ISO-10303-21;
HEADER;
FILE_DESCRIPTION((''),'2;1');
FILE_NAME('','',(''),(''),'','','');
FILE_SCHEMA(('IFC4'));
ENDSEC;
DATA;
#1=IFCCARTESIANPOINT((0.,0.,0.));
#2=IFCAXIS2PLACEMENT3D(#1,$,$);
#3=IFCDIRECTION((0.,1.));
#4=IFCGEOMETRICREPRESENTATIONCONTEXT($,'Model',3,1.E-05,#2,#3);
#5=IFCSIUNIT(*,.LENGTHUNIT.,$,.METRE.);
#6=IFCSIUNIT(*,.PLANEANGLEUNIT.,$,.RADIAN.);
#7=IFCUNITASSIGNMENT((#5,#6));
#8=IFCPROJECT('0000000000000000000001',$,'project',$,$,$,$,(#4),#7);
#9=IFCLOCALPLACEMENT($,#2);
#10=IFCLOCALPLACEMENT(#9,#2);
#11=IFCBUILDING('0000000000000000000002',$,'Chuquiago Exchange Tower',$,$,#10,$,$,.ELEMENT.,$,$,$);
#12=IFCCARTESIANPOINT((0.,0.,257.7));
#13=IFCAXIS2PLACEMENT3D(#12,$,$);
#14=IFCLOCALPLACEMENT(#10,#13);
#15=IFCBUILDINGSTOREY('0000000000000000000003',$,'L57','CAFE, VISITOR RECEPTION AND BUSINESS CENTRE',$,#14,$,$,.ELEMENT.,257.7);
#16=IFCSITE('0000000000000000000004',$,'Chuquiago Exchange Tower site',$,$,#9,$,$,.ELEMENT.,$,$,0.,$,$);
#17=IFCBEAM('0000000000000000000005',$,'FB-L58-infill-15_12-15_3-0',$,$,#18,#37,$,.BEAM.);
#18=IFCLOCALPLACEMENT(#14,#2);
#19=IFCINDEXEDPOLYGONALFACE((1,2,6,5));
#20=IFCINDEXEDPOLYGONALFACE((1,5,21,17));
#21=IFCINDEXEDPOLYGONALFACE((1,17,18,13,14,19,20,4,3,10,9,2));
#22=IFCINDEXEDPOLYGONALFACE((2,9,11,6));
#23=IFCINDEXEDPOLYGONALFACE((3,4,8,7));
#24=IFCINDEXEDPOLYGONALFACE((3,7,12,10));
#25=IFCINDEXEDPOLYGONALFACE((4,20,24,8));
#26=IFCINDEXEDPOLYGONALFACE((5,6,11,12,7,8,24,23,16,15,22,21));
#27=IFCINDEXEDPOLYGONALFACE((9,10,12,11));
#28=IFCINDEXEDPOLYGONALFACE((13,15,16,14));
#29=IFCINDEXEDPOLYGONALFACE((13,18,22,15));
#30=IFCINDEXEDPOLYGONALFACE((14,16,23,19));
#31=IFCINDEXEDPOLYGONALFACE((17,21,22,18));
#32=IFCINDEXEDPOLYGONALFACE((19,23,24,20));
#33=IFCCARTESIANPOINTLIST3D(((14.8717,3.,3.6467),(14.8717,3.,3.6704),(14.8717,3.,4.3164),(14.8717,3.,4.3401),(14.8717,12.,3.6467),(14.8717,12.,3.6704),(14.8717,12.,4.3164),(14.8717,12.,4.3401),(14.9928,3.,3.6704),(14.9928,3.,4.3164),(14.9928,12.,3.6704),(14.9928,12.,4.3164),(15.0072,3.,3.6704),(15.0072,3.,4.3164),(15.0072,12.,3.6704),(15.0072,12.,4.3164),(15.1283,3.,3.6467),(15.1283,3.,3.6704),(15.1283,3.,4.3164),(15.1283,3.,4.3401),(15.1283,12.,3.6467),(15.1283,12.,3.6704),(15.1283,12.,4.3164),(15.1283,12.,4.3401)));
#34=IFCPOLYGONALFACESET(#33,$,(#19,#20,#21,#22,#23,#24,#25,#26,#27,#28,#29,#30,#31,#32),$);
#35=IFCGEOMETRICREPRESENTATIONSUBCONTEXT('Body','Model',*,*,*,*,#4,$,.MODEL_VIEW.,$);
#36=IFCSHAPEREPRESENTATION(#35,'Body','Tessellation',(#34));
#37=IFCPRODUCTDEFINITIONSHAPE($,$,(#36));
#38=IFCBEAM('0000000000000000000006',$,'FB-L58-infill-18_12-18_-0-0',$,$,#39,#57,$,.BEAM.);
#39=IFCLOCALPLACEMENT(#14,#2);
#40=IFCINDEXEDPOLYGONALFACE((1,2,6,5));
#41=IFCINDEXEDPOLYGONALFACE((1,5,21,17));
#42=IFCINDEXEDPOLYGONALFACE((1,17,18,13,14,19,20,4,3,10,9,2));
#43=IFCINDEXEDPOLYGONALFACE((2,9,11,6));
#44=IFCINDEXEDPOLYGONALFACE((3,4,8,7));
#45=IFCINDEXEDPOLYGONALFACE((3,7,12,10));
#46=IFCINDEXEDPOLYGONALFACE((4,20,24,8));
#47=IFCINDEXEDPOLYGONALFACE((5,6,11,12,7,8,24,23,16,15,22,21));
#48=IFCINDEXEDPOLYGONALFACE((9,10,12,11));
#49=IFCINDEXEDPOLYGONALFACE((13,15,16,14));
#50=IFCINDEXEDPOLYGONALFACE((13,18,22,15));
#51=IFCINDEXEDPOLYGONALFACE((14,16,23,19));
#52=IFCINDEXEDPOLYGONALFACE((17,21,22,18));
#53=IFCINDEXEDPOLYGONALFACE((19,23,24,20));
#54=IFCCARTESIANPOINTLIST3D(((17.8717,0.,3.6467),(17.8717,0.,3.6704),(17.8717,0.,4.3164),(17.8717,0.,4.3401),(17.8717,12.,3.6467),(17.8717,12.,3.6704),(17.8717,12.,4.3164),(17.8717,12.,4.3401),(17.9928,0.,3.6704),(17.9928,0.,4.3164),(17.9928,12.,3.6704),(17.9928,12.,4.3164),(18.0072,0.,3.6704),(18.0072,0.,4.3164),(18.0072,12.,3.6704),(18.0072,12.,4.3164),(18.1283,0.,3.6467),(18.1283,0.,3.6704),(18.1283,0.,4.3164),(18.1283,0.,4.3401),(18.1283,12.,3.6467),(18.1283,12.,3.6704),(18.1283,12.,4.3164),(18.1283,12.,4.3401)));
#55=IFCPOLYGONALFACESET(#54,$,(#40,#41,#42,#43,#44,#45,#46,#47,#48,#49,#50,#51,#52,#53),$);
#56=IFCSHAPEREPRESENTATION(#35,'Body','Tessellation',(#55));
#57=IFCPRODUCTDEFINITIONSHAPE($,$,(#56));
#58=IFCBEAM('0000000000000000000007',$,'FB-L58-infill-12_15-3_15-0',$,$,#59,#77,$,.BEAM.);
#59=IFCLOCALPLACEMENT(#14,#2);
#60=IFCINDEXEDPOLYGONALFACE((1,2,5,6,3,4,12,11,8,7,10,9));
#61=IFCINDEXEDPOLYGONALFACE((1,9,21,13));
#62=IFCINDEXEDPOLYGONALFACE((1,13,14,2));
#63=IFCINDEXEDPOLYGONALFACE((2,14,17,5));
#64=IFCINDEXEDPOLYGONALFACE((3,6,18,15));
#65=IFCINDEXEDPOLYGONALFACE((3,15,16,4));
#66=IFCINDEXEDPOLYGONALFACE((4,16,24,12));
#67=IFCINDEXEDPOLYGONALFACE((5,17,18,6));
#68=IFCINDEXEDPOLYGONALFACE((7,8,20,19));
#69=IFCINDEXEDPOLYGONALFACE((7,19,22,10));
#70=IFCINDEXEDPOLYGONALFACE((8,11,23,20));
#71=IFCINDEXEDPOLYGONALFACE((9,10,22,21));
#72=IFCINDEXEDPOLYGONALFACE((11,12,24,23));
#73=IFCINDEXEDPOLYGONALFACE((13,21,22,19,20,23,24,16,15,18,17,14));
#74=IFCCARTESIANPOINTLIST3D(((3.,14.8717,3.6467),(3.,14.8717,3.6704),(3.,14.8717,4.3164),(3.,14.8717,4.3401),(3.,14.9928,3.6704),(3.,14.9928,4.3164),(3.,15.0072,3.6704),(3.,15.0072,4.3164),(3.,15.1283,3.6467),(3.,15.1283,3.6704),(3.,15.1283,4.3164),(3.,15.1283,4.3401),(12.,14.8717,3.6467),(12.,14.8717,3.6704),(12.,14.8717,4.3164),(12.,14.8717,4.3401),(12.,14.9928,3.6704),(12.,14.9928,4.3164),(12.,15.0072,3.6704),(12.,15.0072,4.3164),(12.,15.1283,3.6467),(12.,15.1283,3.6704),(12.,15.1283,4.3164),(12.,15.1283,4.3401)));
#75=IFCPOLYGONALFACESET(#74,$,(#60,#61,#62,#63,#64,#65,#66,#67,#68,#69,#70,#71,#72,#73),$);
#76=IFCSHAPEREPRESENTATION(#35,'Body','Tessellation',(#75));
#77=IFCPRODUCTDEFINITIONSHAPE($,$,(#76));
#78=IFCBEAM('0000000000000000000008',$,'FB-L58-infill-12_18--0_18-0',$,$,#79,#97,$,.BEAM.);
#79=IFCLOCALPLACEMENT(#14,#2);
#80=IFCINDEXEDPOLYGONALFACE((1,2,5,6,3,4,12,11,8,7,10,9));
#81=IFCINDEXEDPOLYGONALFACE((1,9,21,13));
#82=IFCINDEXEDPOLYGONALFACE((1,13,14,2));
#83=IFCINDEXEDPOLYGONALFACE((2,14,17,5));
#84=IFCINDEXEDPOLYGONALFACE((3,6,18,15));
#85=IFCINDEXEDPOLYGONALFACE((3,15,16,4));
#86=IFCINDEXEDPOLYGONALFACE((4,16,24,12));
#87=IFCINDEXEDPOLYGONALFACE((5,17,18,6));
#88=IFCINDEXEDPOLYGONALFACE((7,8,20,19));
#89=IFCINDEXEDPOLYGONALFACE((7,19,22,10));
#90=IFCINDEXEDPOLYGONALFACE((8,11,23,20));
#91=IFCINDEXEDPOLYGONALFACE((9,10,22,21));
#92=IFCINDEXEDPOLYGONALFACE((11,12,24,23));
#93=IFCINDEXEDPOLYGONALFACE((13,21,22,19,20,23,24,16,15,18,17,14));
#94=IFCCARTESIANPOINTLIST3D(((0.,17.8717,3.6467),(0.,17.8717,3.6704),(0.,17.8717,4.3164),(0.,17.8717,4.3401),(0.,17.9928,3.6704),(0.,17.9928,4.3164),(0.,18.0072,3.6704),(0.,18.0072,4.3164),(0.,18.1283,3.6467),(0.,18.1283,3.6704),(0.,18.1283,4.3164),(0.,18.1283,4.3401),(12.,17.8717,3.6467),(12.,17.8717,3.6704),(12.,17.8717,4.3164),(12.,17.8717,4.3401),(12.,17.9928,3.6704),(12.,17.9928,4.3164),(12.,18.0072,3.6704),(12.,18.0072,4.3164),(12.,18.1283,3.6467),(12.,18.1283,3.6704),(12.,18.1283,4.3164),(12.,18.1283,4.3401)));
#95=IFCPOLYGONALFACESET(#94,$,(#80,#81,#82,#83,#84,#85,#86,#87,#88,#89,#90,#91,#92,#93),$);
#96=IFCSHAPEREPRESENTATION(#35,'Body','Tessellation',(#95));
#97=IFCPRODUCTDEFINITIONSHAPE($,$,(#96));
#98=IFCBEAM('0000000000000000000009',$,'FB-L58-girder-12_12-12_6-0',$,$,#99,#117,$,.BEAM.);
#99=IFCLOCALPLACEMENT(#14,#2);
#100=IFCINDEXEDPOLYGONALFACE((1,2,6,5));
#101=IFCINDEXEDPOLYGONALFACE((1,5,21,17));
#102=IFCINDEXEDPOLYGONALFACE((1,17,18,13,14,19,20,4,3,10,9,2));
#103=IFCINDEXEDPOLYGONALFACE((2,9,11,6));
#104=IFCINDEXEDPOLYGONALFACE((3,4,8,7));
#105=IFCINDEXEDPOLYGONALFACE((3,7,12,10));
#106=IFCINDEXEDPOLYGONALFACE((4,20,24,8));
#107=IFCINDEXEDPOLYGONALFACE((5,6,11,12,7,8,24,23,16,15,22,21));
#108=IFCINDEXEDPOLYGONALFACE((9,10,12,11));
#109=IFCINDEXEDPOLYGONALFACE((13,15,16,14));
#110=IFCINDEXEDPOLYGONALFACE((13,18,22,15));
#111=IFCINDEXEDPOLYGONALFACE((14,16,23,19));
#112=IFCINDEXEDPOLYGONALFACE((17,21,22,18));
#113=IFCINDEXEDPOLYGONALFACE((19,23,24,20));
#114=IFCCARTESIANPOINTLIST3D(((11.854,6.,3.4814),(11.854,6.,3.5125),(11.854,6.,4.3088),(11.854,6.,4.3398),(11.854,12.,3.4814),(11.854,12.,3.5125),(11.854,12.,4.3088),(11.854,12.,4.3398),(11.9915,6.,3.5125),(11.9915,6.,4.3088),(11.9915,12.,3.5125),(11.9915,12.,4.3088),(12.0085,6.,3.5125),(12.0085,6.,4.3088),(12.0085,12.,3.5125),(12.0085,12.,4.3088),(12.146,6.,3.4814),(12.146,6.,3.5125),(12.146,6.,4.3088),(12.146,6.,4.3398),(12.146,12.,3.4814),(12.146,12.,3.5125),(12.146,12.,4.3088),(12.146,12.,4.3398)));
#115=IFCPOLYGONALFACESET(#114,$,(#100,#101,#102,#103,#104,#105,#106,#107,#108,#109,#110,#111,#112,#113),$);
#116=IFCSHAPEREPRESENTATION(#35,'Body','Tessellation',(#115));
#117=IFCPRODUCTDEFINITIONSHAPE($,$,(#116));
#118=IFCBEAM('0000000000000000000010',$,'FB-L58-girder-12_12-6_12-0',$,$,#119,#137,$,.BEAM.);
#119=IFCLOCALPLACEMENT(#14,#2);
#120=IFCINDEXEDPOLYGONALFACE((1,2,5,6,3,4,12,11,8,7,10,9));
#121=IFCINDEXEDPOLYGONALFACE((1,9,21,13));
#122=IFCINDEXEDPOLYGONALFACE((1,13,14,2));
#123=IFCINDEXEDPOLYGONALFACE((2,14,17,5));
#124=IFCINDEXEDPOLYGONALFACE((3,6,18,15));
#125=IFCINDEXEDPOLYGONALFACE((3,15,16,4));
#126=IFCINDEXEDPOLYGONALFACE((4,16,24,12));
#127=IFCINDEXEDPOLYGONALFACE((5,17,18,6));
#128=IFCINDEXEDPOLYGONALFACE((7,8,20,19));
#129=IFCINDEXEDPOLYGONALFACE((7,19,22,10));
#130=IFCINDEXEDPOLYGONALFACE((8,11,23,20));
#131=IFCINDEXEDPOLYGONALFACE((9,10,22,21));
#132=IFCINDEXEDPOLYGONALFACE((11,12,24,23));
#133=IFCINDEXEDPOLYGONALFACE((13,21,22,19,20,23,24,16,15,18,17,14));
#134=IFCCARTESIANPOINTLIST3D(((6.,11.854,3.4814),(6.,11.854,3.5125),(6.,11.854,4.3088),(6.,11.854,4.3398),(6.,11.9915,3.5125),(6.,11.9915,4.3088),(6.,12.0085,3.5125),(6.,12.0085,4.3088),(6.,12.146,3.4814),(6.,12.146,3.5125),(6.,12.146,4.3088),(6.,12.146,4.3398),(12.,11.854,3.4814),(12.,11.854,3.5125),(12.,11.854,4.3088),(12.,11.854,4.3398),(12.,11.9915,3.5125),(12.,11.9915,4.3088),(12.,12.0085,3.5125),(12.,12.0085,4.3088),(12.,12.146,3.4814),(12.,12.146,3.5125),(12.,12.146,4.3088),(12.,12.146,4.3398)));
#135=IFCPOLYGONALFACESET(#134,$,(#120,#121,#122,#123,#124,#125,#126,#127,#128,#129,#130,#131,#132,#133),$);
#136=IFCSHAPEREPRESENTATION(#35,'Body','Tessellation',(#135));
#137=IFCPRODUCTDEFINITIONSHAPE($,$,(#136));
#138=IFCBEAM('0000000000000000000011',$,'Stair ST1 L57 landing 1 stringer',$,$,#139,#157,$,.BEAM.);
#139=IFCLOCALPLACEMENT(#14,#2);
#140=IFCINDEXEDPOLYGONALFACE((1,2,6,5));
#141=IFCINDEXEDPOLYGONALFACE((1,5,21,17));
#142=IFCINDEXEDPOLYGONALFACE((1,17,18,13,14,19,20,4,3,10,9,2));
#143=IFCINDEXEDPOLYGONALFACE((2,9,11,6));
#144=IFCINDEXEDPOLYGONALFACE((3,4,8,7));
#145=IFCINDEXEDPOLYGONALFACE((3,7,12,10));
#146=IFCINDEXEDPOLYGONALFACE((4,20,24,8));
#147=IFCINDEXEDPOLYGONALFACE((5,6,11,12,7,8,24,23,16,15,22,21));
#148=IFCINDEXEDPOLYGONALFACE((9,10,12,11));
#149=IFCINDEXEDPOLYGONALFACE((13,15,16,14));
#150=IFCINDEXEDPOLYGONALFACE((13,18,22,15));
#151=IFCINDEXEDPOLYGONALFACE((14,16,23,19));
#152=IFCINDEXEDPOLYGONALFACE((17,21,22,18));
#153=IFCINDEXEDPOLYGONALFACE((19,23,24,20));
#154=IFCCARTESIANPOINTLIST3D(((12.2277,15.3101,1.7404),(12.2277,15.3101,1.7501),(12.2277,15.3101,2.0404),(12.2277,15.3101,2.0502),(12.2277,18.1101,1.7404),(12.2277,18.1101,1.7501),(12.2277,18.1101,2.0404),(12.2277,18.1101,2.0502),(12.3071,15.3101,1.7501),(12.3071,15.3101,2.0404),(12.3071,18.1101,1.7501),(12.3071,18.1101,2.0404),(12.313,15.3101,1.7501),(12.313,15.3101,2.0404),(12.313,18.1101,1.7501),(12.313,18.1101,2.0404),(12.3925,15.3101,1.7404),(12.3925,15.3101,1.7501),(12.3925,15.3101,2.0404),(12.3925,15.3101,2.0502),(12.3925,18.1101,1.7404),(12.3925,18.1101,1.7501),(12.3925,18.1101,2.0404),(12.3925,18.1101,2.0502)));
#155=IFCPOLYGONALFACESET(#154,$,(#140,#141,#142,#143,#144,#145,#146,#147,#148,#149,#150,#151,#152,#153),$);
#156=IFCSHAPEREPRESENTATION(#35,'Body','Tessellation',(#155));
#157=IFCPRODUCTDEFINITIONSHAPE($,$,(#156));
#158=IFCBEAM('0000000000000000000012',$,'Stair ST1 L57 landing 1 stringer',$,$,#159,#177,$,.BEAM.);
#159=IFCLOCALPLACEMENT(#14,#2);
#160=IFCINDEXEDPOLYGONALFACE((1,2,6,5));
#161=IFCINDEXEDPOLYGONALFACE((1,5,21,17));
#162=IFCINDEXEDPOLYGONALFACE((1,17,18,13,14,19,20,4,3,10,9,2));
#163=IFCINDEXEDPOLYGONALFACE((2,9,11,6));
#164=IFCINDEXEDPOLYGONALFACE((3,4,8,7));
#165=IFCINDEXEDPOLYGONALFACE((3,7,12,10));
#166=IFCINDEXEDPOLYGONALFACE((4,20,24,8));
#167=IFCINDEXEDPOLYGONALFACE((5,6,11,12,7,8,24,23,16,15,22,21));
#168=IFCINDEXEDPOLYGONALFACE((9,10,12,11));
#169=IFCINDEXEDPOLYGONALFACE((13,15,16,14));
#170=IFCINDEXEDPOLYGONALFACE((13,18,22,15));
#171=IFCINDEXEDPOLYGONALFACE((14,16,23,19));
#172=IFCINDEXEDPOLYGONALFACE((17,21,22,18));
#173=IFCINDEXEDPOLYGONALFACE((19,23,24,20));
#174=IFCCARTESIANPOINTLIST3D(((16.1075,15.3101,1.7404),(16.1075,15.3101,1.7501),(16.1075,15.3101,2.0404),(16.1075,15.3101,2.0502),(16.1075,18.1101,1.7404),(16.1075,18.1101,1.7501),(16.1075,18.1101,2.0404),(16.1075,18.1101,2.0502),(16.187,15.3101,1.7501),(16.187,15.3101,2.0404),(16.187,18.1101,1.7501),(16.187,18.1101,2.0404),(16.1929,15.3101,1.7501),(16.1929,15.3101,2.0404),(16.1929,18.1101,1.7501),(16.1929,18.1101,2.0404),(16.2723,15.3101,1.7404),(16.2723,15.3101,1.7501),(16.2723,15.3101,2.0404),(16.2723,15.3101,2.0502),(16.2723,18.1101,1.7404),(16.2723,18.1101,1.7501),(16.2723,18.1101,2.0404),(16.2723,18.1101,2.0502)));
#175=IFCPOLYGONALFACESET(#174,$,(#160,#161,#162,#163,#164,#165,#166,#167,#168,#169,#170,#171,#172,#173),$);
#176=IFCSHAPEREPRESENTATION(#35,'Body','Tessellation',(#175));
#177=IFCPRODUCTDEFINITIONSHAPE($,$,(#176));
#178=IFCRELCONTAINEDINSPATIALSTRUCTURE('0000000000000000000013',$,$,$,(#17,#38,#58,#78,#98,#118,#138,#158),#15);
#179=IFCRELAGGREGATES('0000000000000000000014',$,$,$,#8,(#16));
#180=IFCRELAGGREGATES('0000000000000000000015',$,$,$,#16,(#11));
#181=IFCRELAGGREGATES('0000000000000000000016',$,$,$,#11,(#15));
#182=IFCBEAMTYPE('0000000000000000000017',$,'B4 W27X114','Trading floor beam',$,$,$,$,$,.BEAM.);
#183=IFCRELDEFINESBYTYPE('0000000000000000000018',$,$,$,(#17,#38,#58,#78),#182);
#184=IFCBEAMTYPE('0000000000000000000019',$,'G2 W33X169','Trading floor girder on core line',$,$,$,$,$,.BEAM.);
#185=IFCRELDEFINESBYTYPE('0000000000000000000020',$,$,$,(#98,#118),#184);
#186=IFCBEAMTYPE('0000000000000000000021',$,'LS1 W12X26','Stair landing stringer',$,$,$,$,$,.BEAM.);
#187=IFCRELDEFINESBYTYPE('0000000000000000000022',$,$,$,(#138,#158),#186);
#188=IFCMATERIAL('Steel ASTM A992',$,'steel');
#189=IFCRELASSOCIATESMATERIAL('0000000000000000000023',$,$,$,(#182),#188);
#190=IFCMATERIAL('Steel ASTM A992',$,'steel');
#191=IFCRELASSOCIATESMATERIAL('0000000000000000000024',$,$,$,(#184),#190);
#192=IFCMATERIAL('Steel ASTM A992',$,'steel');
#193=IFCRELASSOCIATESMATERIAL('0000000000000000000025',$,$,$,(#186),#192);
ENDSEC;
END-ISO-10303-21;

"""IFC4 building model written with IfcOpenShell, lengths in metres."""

from ifc_helpers import new_model, si_unit, direction, frame, origin, origin_2d, place, context, subcontext, project, spatial, i_section, extrude, material, material_profile, profile_set, type_object, element, save


model = new_model("IFC4")

# Units and contexts
model_context = context("Model", 3, precision=1e-05, world=origin(), true_north=direction((0.0, 1.0)))
body_context = subcontext(model_context, "Body", "Model", "MODEL_VIEW")
ifc_project = project(units=[si_unit("LENGTHUNIT", "METRE"), si_unit("PLANEANGLEUNIT", "RADIAN")], contexts=[model_context])

# Site, building, storey
site_placement = place(None, origin())
site = spatial("IfcSite", under=ifc_project, at=site_placement, Name="Chuquiago Exchange Tower site", CompositionType="ELEMENT", RefElevation=0.0)
building_placement = place(site_placement, origin())
building = spatial("IfcBuilding", under=site, at=building_placement, Name="Chuquiago Exchange Tower", CompositionType="ELEMENT")
storey_placement = place(building_placement, frame((0.0, 0.0, 257.7)))
storey = spatial("IfcBuildingStorey", under=building, at=storey_placement, Name="L57", Description="CAFE, VISITOR RECEPTION AND BUSINESS CENTRE", CompositionType="ELEMENT", Elevation=257.7)

# Beams
ifc_material_1 = material(Name="Steel ASTM A992", Category="steel")
ifc_material_profile_1 = material_profile(ifc_material_1, i_section(OverallWidth=0.2566, OverallDepth=0.6934, WebThickness=0.0144, FlangeThickness=0.0237, at=origin_2d()), Name="W27X114")
ifc_profile_set_1 = profile_set([ifc_material_profile_1], Name="Steel ASTM A992")
beam_type_1 = type_object("IfcBeamType", Name="B4 W27X114", Description="Trading floor beam", PredefinedType="BEAM", material=ifc_profile_set_1)
beam_1_placement = place(storey_placement, frame((15.0, 12.0, 3.9934), z_axis=(0.0, -1.0, 0.0), x_axis=(1.0, 0.0, 0.0)))
element("IfcBeam", 1, at=beam_1_placement, inside=storey, type_object=beam_type_1, Name="FB-L58-infill-15_12-15_3-0", PredefinedType="BEAM", context=body_context, shape_type="SweptSolid", body=[
    extrude(i_section(OverallWidth=0.2566, OverallDepth=0.6934, WebThickness=0.0144, FlangeThickness=0.0237, at=origin_2d()), origin(), (0.0, 0.0, 1.0), 9.0),
])
beam_2_placement = place(storey_placement, frame((18.0, 12.0, 3.9934), z_axis=(0.0, -1.0, 0.0), x_axis=(1.0, 0.0, 0.0)))
element("IfcBeam", 2, at=beam_2_placement, inside=storey, type_object=beam_type_1, Name="FB-L58-infill-18_12-18_-0-0", PredefinedType="BEAM", context=body_context, shape_type="SweptSolid", body=[
    extrude(i_section(OverallWidth=0.2566, OverallDepth=0.6934, WebThickness=0.0144, FlangeThickness=0.0237, at=origin_2d()), origin(), (0.0, 0.0, 1.0), 12.0),
])
beam_3_placement = place(storey_placement, frame((12.0, 15.0, 3.9934), z_axis=(-1.0, 0.0, 0.0), x_axis=(0.0, -1.0, 0.0)))
element("IfcBeam", 3, at=beam_3_placement, inside=storey, type_object=beam_type_1, Name="FB-L58-infill-12_15-3_15-0", PredefinedType="BEAM", context=body_context, shape_type="SweptSolid", body=[
    extrude(i_section(OverallWidth=0.2566, OverallDepth=0.6934, WebThickness=0.0144, FlangeThickness=0.0237, at=origin_2d()), origin(), (0.0, 0.0, 1.0), 9.0),
])
beam_4_placement = place(storey_placement, frame((12.0, 18.0, 3.9934), z_axis=(-1.0, 0.0, 0.0), x_axis=(0.0, -1.0, 0.0)))
element("IfcBeam", 4, at=beam_4_placement, inside=storey, type_object=beam_type_1, Name="FB-L58-infill-12_18--0_18-0", PredefinedType="BEAM", context=body_context, shape_type="SweptSolid", body=[
    extrude(i_section(OverallWidth=0.2566, OverallDepth=0.6934, WebThickness=0.0144, FlangeThickness=0.0237, at=origin_2d()), origin(), (0.0, 0.0, 1.0), 12.0),
])
ifc_material_2 = material(Name="Steel ASTM A992", Category="steel")
ifc_material_profile_2 = material_profile(ifc_material_2, i_section(OverallWidth=0.292, OverallDepth=0.8584, WebThickness=0.0171, FlangeThickness=0.031, at=origin_2d()), Name="W33X169")
ifc_profile_set_2 = profile_set([ifc_material_profile_2], Name="Steel ASTM A992")
beam_type_2 = type_object("IfcBeamType", Name="G2 W33X169", Description="Trading floor girder on core line", PredefinedType="BEAM", material=ifc_profile_set_2)
for number, where, z_axis, x_axis, name in (
    (5, (12.0, 12.0, 3.9106), (0.0, -1.0, 0.0), (1.0, 0.0, 0.0), "FB-L58-girder-12_12-12_6-0"),
    (6, (12.0, 12.0, 3.9106), (-1.0, 0.0, 0.0), (0.0, -1.0, 0.0), "FB-L58-girder-12_12-6_12-0"),
):
    element("IfcBeam", number, at=place(storey_placement, frame(where, z_axis=z_axis, x_axis=x_axis)), inside=storey, type_object=beam_type_2, Name=name, PredefinedType="BEAM", context=body_context, shape_type="SweptSolid", body=[
        extrude(i_section(OverallWidth=0.292, OverallDepth=0.8584, WebThickness=0.0171, FlangeThickness=0.031, at=origin_2d()), origin(), (0.0, 0.0, 1.0), 6.0),
    ])
ifc_material_3 = material(Name="Steel ASTM A992", Category="steel")
ifc_material_profile_3 = material_profile(ifc_material_3, i_section(OverallWidth=0.1648, OverallDepth=0.3098, WebThickness=0.0059, FlangeThickness=0.0098, at=origin_2d()), Name="W12X26")
ifc_profile_set_3 = profile_set([ifc_material_profile_3], Name="Steel ASTM A992")
beam_type_3 = type_object("IfcBeamType", Name="LS1 W12X26", Description="Stair landing stringer", PredefinedType="BEAM", material=ifc_profile_set_3)
for number, where, z_axis, x_axis, name in (
    (7, (12.3101, 15.3101, 1.8953), (0.0, 1.0, 0.0), (-1.0, 0.0, 0.0), "Stair ST1 L57 landing 1 stringer"),
    (8, (16.1899, 15.3101, 1.8953), (0.0, 1.0, 0.0), (-1.0, 0.0, 0.0), "Stair ST1 L57 landing 1 stringer"),
):
    element("IfcBeam", number, at=place(storey_placement, frame(where, z_axis=z_axis, x_axis=x_axis)), inside=storey, type_object=beam_type_3, Name=name, PredefinedType="BEAM", context=body_context, shape_type="SweptSolid", body=[
        extrude(i_section(OverallWidth=0.1648, OverallDepth=0.3098, WebThickness=0.0059, FlangeThickness=0.0098, at=origin_2d()), origin(), (0.0, 0.0, 1.0), 2.8),
    ])

save(model, "model.ifc")
